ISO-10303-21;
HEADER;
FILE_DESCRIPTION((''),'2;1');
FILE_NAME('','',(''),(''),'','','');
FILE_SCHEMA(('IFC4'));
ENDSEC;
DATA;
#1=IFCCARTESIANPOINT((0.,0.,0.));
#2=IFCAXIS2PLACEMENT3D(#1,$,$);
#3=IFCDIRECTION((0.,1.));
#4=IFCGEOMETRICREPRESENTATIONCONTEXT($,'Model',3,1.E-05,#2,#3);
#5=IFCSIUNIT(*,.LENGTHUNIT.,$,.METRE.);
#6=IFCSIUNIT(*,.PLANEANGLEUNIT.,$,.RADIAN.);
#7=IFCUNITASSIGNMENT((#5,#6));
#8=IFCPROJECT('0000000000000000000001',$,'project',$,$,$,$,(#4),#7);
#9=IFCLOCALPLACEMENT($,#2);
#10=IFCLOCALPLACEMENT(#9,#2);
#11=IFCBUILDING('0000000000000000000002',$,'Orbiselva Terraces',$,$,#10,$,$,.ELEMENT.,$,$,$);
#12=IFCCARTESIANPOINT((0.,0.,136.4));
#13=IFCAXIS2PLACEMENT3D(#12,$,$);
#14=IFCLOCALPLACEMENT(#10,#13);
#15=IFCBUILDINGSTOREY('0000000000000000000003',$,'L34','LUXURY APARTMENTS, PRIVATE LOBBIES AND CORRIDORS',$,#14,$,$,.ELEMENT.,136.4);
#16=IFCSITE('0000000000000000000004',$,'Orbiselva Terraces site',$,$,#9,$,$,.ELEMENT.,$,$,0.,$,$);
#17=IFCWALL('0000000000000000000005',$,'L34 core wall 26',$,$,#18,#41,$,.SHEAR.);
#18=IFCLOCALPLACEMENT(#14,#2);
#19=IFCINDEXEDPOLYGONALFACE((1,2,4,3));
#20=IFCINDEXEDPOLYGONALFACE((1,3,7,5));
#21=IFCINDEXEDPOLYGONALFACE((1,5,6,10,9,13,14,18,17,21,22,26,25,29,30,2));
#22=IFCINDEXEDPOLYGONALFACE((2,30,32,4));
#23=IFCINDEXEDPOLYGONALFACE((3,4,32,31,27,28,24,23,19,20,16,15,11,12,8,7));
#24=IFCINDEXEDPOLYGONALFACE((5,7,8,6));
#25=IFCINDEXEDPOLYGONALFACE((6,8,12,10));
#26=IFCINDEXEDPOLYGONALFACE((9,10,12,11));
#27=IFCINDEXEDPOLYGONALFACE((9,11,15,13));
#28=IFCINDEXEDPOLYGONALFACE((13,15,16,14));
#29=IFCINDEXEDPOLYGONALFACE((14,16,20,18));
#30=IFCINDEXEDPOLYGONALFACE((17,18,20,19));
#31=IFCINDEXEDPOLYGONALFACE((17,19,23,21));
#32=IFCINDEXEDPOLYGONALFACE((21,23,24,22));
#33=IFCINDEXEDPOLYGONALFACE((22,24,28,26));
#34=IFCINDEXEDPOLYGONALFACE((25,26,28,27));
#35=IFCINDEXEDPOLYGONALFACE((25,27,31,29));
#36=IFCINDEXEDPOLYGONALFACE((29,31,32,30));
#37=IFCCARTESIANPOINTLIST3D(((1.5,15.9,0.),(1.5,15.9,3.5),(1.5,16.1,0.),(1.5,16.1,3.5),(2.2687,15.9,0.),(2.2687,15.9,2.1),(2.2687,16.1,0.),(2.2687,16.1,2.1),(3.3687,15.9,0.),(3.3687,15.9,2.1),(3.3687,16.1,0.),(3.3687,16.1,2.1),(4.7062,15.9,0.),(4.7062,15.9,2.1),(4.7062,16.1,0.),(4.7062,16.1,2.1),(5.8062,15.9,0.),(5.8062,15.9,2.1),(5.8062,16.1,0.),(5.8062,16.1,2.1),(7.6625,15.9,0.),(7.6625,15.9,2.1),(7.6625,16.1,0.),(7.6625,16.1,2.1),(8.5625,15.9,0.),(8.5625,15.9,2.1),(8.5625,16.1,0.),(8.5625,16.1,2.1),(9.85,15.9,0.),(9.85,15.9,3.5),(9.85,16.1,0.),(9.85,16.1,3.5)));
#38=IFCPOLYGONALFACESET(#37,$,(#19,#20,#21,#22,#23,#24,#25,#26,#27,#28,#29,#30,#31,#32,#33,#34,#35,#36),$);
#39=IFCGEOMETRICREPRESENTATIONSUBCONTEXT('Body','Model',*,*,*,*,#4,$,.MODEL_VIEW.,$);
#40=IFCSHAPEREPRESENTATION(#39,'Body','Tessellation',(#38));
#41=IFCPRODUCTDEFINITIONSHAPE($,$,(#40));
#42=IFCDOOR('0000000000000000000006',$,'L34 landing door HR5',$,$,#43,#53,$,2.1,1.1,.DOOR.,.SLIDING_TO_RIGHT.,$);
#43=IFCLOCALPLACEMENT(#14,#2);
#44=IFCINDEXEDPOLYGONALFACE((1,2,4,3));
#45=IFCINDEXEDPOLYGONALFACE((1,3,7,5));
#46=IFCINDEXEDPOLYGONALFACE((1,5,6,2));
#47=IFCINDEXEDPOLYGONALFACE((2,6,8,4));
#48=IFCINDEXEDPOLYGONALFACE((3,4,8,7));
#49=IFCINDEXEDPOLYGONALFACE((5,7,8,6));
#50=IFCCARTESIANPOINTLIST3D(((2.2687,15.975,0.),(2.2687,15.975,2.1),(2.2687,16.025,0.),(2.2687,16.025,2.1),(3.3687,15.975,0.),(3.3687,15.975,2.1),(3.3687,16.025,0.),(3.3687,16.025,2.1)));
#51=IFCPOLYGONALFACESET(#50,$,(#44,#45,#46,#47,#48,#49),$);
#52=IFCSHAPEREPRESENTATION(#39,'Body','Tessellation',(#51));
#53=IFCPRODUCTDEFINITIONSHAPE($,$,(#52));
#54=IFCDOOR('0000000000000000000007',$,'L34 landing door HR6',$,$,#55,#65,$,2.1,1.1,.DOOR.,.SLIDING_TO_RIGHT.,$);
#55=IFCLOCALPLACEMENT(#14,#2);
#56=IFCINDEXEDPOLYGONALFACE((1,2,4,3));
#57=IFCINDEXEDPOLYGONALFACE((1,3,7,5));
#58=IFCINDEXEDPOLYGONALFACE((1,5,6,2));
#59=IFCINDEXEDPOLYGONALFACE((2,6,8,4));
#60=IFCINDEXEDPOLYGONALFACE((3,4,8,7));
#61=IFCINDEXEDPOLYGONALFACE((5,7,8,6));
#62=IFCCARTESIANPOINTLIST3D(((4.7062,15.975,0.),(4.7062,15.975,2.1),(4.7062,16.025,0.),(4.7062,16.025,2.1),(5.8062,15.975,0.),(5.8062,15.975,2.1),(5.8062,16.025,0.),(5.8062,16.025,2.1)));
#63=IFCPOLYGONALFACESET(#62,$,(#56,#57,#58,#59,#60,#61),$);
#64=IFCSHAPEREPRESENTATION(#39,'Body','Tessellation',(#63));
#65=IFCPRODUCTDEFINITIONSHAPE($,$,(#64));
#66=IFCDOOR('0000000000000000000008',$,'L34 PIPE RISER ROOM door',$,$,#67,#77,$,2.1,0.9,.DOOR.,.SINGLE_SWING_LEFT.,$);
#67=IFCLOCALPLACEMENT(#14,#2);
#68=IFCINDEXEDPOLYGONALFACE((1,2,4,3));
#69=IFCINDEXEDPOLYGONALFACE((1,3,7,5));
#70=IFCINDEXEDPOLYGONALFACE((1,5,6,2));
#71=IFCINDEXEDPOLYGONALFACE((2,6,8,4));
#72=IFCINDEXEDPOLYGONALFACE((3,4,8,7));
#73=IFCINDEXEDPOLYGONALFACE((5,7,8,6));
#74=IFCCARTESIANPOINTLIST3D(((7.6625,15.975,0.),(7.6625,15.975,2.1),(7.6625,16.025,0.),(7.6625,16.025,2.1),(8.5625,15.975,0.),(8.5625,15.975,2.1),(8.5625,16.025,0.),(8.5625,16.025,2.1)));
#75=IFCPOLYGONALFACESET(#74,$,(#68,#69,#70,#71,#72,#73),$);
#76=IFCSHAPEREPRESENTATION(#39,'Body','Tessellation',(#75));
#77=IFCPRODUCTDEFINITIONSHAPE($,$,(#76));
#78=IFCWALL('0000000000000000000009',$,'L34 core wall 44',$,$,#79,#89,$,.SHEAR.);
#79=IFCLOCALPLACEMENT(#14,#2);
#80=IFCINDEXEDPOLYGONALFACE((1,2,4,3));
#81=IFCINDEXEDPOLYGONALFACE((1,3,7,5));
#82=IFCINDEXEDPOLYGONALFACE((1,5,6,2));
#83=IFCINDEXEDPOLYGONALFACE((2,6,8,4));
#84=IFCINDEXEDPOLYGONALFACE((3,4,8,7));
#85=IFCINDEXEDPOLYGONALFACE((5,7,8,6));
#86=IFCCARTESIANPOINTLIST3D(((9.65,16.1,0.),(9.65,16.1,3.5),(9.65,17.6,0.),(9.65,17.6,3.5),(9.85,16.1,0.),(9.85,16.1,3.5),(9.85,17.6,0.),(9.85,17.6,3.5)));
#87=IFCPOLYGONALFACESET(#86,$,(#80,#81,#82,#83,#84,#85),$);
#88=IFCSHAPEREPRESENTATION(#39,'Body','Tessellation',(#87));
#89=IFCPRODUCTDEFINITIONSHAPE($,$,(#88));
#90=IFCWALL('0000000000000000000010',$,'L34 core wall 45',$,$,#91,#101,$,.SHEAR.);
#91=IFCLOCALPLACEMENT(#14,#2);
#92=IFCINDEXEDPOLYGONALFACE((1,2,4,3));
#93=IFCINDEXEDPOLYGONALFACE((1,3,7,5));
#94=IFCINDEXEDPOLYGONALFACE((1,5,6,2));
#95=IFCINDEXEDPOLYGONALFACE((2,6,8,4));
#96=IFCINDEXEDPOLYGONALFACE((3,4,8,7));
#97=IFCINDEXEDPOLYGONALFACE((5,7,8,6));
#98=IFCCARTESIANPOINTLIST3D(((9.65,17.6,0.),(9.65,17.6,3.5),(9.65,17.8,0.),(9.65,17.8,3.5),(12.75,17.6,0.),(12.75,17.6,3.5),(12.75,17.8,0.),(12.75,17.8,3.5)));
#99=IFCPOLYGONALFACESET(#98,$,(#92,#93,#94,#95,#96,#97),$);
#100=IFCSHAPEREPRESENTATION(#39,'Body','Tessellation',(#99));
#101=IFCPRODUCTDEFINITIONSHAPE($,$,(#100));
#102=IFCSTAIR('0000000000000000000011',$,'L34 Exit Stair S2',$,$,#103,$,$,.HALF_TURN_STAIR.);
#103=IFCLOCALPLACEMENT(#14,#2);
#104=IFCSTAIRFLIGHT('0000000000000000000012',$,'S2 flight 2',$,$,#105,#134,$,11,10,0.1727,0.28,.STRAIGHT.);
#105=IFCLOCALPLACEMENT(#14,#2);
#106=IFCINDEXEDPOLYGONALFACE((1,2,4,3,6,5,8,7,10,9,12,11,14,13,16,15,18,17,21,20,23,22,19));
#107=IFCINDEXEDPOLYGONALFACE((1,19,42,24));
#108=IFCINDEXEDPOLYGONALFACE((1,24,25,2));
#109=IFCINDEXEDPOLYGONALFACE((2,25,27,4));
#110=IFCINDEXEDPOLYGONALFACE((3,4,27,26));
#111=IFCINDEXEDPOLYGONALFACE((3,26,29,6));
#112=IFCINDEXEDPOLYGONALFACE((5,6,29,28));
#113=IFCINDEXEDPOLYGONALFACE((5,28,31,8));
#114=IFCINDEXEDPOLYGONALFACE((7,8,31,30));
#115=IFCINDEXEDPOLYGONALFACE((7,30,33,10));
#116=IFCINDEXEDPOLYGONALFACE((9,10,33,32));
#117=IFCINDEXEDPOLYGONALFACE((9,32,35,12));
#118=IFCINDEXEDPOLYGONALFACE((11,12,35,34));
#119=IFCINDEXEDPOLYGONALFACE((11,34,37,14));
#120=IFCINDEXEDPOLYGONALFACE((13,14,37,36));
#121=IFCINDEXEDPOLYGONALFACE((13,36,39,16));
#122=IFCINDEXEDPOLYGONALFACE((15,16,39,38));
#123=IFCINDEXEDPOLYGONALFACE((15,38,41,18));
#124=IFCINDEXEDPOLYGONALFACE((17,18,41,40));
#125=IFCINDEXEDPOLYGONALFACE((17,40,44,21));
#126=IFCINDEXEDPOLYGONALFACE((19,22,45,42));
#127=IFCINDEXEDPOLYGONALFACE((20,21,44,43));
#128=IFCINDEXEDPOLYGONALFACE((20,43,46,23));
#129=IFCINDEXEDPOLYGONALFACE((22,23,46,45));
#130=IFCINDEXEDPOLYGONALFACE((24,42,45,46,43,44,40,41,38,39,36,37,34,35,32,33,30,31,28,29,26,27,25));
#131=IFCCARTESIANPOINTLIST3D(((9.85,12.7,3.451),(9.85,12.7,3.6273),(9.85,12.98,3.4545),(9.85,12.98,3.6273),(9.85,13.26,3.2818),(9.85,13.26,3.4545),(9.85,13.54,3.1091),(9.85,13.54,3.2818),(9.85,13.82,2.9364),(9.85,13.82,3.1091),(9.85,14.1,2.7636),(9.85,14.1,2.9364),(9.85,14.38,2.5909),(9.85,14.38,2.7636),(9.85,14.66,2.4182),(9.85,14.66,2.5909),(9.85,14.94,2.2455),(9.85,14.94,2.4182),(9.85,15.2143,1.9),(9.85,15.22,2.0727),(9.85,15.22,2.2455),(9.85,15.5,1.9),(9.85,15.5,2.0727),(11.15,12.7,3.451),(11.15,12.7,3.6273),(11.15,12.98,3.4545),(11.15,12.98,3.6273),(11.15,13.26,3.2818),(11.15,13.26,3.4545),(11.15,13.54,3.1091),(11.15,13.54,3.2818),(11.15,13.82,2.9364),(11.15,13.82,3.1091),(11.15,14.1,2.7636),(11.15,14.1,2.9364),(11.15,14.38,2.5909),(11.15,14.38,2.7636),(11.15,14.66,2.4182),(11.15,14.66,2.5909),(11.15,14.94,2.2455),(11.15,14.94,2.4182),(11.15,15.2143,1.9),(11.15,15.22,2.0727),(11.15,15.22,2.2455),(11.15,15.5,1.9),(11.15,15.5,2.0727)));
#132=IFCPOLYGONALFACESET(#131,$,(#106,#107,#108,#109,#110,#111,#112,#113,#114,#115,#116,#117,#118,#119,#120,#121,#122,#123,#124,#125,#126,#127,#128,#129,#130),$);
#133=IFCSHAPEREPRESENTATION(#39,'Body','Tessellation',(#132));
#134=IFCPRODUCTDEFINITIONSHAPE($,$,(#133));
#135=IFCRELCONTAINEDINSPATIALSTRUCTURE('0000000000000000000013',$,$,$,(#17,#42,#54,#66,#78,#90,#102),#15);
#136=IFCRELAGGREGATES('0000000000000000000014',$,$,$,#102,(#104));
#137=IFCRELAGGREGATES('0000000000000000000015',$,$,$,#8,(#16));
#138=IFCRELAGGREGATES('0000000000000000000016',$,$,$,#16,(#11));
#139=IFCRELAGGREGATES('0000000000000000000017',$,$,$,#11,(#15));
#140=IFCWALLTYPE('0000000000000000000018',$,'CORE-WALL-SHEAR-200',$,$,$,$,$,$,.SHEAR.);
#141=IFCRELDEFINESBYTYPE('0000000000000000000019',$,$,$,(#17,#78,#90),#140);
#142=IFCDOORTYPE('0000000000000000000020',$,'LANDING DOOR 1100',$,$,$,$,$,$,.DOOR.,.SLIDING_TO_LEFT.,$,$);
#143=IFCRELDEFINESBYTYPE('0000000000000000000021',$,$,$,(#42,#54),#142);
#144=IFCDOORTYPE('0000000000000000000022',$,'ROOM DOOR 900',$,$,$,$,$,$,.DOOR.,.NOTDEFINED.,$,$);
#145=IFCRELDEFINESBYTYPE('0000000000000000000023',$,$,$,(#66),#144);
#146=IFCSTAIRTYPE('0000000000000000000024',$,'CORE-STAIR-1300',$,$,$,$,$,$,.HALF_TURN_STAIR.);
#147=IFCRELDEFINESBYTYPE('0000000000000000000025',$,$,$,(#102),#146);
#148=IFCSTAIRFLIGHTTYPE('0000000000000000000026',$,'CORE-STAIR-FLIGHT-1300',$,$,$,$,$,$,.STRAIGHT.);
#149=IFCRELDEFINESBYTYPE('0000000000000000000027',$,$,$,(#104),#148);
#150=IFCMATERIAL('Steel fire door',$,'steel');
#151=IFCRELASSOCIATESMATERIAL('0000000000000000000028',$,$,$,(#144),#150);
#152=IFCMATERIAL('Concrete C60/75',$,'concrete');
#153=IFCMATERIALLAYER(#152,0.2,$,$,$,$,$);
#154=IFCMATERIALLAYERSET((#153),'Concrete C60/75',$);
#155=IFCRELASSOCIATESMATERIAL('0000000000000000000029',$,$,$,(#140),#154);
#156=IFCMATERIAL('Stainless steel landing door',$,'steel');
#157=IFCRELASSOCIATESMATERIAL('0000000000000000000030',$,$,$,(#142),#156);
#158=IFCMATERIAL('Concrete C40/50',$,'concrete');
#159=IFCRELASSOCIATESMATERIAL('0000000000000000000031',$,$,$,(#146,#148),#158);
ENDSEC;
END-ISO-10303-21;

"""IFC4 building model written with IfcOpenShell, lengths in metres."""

from ifc_helpers import new_model, si_unit, direction, frame, frame_2d, origin, place, context, subcontext, project, spatial, polyline, rectangle, outline, extrude, material, layer, layer_set, type_object, element, fill, aggregate, save


model = new_model("IFC4")

# Units and contexts
model_context = context("Model", 3, precision=1e-05, world=origin(), true_north=direction((0.0, 1.0)))
body_context = subcontext(model_context, "Body", "Model", "MODEL_VIEW")
ifc_project = project(units=[si_unit("LENGTHUNIT", "METRE"), si_unit("PLANEANGLEUNIT", "RADIAN")], contexts=[model_context])

# Site, building, storey
site_placement = place(None, origin())
site = spatial("IfcSite", under=ifc_project, at=site_placement, Name="Orbiselva Terraces site", CompositionType="ELEMENT", RefElevation=0.0)
building_placement = place(site_placement, origin())
building = spatial("IfcBuilding", under=site, at=building_placement, Name="Orbiselva Terraces", CompositionType="ELEMENT")
storey_placement = place(building_placement, frame((0.0, 0.0, 136.4)))
storey = spatial("IfcBuildingStorey", under=building, at=storey_placement, Name="L34", Description="LUXURY APARTMENTS, PRIVATE LOBBIES AND CORRIDORS", CompositionType="ELEMENT", Elevation=136.4)

# Shared definitions
ifc_material_1 = material(Name="Steel fire door", Category="steel")
door_type_1 = type_object("IfcDoorType", Name="ROOM DOOR 900", OperationType="NOTDEFINED", PredefinedType="DOOR", material=ifc_material_1)

# Shared definitions
ifc_material_2 = material(Name="Concrete C40/50", Category="concrete")
ifc_material_3 = material(Name="Concrete C60/75", Category="concrete")
ifc_layer_1 = layer(ifc_material_3, 0.2)
ifc_layer_set_1 = layer_set([ifc_layer_1], Name="Concrete C60/75")
wall_type_1 = type_object("IfcWallType", Name="CORE-WALL-SHEAR-200", PredefinedType="SHEAR", material=ifc_layer_set_1)

# Wall, openings, doors
wall_1_placement = place(storey_placement, frame((9.85, 16.0, 0.0), z_axis=(0.0, 0.0, 1.0), x_axis=(-1.0, 0.0, 0.0)))
wall_1 = element("IfcWall", 1, at=wall_1_placement, inside=storey, type_object=wall_type_1, Name="L34 core wall 26", PredefinedType="SHEAR", context=body_context, shape_type="SweptSolid", body=[
    extrude(rectangle(XDim=8.35, YDim=0.2, at=frame_2d((4.175, 0.0))), origin(), (0.0, 0.0, 1.0), 3.5),
])
opening_1_placement = place(wall_1_placement, frame((6.4813, 0.0, 0.0)))
opening_1 = element("IfcOpeningElement", 2, at=opening_1_placement, cuts=wall_1, PredefinedType="OPENING", context=body_context, shape_type="SweptSolid", body=[
    extrude(rectangle(XDim=1.1, YDim=2.1, at=frame_2d((0.55, 1.05))), frame((0.0, 0.11, 0.0), z_axis=(0.0, -1.0, 0.0), x_axis=(1.0, 0.0, 0.0)), (0.0, 0.0, 1.0), 0.22),
])
opening_2_placement = place(wall_1_placement, frame((4.0438, 0.0, 0.0)))
opening_2 = element("IfcOpeningElement", 3, at=opening_2_placement, cuts=wall_1, PredefinedType="OPENING", context=body_context, shape_type="SweptSolid", body=[
    extrude(rectangle(XDim=1.1, YDim=2.1, at=frame_2d((0.55, 1.05))), frame((0.0, 0.11, 0.0), z_axis=(0.0, -1.0, 0.0), x_axis=(1.0, 0.0, 0.0)), (0.0, 0.0, 1.0), 0.22),
])
opening_3_placement = place(wall_1_placement, frame((1.2875, 0.0, 0.0)))
opening_3 = element("IfcOpeningElement", 4, at=opening_3_placement, cuts=wall_1, PredefinedType="OPENING", context=body_context, shape_type="SweptSolid", body=[
    extrude(rectangle(XDim=0.9, YDim=2.1, at=frame_2d((0.45, 1.05))), frame((0.0, 0.11, 0.0), z_axis=(0.0, -1.0, 0.0), x_axis=(1.0, 0.0, 0.0)), (0.0, 0.0, 1.0), 0.22),
])
ifc_material_4 = material(Name="Stainless steel landing door", Category="steel")
door_type_2 = type_object("IfcDoorType", Name="LANDING DOOR 1100", OperationType="SLIDING_TO_LEFT", PredefinedType="DOOR", material=ifc_material_4)
door_1_placement = place(opening_1_placement, origin())
door_1 = element("IfcDoor", 5, at=door_1_placement, inside=storey, type_object=door_type_2, Name="L34 landing door HR5", OperationType="SLIDING_TO_RIGHT", OverallHeight=2.1, OverallWidth=1.1, PredefinedType="DOOR", context=body_context, shape_type="SweptSolid", body=[
    extrude(rectangle(XDim=1.1, YDim=2.1, at=frame_2d((0.55, 1.05))), frame((0.0, 0.025, 0.0), z_axis=(0.0, -1.0, 0.0), x_axis=(1.0, 0.0, 0.0)), (0.0, 0.0, 1.0), 0.05),
])
fill(opening_1, door_1)
door_2_placement = place(opening_2_placement, origin())
door_2 = element("IfcDoor", 6, at=door_2_placement, inside=storey, type_object=door_type_2, Name="L34 landing door HR6", OperationType="SLIDING_TO_RIGHT", OverallHeight=2.1, OverallWidth=1.1, PredefinedType="DOOR", context=body_context, shape_type="SweptSolid", body=[
    extrude(rectangle(XDim=1.1, YDim=2.1, at=frame_2d((0.55, 1.05))), frame((0.0, 0.025, 0.0), z_axis=(0.0, -1.0, 0.0), x_axis=(1.0, 0.0, 0.0)), (0.0, 0.0, 1.0), 0.05),
])
fill(opening_2, door_2)
door_3_placement = place(opening_3_placement, origin())
door_3 = element("IfcDoor", 7, at=door_3_placement, inside=storey, type_object=door_type_1, Name="L34 PIPE RISER ROOM door", OperationType="SINGLE_SWING_LEFT", OverallHeight=2.1, OverallWidth=0.9, PredefinedType="DOOR", context=body_context, shape_type="SweptSolid", body=[
    extrude(rectangle(XDim=0.9, YDim=2.1, at=frame_2d((0.45, 1.05))), frame((0.0, 0.025, 0.0), z_axis=(0.0, -1.0, 0.0), x_axis=(1.0, 0.0, 0.0)), (0.0, 0.0, 1.0), 0.05),
])
fill(opening_3, door_3)

# Walls
wall_2_placement = place(storey_placement, frame((9.75, 16.1, 0.0), z_axis=(0.0, 0.0, 1.0), x_axis=(0.0, 1.0, 0.0)))
element("IfcWall", 8, at=wall_2_placement, inside=storey, type_object=wall_type_1, Name="L34 core wall 44", PredefinedType="SHEAR", context=body_context, shape_type="SweptSolid", body=[
    extrude(rectangle(XDim=1.5, YDim=0.2, at=frame_2d((0.75, 0.0))), origin(), (0.0, 0.0, 1.0), 3.5),
])
wall_3_placement = place(storey_placement, frame((9.65, 17.7, 0.0), z_axis=(0.0, 0.0, 1.0), x_axis=(1.0, 0.0, 0.0)))
element("IfcWall", 9, at=wall_3_placement, inside=storey, type_object=wall_type_1, Name="L34 core wall 45", PredefinedType="SHEAR", context=body_context, shape_type="SweptSolid", body=[
    extrude(rectangle(XDim=3.1, YDim=0.2, at=frame_2d((1.55, 0.0))), origin(), (0.0, 0.0, 1.0), 3.5),
])

# Stair, stair flight
stair_type = type_object("IfcStairType", Name="CORE-STAIR-1300", PredefinedType="HALF_TURN_STAIR", material=ifc_material_2)
stair_placement = place(storey_placement, origin())
stair = element("IfcStair", 10, at=stair_placement, inside=storey, type_object=stair_type, Name="L34 Exit Stair S2", PredefinedType="HALF_TURN_STAIR")
stair_flight_type = type_object("IfcStairFlightType", Name="CORE-STAIR-FLIGHT-1300", PredefinedType="STRAIGHT", material=ifc_material_2)
stair_flight_placement = place(storey_placement, frame((10.5, 15.5, 1.9), z_axis=(0.0, 0.0, 1.0), x_axis=(0.0, -1.0, 0.0)))
stair_flight = element("IfcStairFlight", 11, at=stair_flight_placement, type_object=stair_flight_type, Name="S2 flight 2", NumberOfRisers=11, NumberOfTreads=10, PredefinedType="STRAIGHT", RiserHeight=0.1727, TreadLength=0.28, context=body_context, shape_type="SweptSolid", body=[
    extrude(outline(polyline([(0.0, 0.0), (0.0, 0.1727), (0.28, 0.1727), (0.28, 0.3455), (0.56, 0.3455), (0.56, 0.5182), (0.84, 0.5182), (0.84, 0.6909), (1.12, 0.6909), (1.12, 0.8636), (1.4, 0.8636), (1.4, 1.0364), (1.68, 1.0364), (1.68, 1.2091), (1.96, 1.2091), (1.96, 1.3818), (2.24, 1.3818), (2.24, 1.5545), (2.52, 1.5545), (2.52, 1.7273), (2.8, 1.7273), (2.8, 1.9), (2.8, 1.551), (0.2857, 0.0), (0.0, 0.0)])), frame((0.0, 0.65, 0.0), z_axis=(0.0, -1.0, 0.0), x_axis=(1.0, 0.0, 0.0)), (0.0, 0.0, 1.0), 1.3),
])
aggregate(stair, [stair_flight])

save(model, "model.ifc")
